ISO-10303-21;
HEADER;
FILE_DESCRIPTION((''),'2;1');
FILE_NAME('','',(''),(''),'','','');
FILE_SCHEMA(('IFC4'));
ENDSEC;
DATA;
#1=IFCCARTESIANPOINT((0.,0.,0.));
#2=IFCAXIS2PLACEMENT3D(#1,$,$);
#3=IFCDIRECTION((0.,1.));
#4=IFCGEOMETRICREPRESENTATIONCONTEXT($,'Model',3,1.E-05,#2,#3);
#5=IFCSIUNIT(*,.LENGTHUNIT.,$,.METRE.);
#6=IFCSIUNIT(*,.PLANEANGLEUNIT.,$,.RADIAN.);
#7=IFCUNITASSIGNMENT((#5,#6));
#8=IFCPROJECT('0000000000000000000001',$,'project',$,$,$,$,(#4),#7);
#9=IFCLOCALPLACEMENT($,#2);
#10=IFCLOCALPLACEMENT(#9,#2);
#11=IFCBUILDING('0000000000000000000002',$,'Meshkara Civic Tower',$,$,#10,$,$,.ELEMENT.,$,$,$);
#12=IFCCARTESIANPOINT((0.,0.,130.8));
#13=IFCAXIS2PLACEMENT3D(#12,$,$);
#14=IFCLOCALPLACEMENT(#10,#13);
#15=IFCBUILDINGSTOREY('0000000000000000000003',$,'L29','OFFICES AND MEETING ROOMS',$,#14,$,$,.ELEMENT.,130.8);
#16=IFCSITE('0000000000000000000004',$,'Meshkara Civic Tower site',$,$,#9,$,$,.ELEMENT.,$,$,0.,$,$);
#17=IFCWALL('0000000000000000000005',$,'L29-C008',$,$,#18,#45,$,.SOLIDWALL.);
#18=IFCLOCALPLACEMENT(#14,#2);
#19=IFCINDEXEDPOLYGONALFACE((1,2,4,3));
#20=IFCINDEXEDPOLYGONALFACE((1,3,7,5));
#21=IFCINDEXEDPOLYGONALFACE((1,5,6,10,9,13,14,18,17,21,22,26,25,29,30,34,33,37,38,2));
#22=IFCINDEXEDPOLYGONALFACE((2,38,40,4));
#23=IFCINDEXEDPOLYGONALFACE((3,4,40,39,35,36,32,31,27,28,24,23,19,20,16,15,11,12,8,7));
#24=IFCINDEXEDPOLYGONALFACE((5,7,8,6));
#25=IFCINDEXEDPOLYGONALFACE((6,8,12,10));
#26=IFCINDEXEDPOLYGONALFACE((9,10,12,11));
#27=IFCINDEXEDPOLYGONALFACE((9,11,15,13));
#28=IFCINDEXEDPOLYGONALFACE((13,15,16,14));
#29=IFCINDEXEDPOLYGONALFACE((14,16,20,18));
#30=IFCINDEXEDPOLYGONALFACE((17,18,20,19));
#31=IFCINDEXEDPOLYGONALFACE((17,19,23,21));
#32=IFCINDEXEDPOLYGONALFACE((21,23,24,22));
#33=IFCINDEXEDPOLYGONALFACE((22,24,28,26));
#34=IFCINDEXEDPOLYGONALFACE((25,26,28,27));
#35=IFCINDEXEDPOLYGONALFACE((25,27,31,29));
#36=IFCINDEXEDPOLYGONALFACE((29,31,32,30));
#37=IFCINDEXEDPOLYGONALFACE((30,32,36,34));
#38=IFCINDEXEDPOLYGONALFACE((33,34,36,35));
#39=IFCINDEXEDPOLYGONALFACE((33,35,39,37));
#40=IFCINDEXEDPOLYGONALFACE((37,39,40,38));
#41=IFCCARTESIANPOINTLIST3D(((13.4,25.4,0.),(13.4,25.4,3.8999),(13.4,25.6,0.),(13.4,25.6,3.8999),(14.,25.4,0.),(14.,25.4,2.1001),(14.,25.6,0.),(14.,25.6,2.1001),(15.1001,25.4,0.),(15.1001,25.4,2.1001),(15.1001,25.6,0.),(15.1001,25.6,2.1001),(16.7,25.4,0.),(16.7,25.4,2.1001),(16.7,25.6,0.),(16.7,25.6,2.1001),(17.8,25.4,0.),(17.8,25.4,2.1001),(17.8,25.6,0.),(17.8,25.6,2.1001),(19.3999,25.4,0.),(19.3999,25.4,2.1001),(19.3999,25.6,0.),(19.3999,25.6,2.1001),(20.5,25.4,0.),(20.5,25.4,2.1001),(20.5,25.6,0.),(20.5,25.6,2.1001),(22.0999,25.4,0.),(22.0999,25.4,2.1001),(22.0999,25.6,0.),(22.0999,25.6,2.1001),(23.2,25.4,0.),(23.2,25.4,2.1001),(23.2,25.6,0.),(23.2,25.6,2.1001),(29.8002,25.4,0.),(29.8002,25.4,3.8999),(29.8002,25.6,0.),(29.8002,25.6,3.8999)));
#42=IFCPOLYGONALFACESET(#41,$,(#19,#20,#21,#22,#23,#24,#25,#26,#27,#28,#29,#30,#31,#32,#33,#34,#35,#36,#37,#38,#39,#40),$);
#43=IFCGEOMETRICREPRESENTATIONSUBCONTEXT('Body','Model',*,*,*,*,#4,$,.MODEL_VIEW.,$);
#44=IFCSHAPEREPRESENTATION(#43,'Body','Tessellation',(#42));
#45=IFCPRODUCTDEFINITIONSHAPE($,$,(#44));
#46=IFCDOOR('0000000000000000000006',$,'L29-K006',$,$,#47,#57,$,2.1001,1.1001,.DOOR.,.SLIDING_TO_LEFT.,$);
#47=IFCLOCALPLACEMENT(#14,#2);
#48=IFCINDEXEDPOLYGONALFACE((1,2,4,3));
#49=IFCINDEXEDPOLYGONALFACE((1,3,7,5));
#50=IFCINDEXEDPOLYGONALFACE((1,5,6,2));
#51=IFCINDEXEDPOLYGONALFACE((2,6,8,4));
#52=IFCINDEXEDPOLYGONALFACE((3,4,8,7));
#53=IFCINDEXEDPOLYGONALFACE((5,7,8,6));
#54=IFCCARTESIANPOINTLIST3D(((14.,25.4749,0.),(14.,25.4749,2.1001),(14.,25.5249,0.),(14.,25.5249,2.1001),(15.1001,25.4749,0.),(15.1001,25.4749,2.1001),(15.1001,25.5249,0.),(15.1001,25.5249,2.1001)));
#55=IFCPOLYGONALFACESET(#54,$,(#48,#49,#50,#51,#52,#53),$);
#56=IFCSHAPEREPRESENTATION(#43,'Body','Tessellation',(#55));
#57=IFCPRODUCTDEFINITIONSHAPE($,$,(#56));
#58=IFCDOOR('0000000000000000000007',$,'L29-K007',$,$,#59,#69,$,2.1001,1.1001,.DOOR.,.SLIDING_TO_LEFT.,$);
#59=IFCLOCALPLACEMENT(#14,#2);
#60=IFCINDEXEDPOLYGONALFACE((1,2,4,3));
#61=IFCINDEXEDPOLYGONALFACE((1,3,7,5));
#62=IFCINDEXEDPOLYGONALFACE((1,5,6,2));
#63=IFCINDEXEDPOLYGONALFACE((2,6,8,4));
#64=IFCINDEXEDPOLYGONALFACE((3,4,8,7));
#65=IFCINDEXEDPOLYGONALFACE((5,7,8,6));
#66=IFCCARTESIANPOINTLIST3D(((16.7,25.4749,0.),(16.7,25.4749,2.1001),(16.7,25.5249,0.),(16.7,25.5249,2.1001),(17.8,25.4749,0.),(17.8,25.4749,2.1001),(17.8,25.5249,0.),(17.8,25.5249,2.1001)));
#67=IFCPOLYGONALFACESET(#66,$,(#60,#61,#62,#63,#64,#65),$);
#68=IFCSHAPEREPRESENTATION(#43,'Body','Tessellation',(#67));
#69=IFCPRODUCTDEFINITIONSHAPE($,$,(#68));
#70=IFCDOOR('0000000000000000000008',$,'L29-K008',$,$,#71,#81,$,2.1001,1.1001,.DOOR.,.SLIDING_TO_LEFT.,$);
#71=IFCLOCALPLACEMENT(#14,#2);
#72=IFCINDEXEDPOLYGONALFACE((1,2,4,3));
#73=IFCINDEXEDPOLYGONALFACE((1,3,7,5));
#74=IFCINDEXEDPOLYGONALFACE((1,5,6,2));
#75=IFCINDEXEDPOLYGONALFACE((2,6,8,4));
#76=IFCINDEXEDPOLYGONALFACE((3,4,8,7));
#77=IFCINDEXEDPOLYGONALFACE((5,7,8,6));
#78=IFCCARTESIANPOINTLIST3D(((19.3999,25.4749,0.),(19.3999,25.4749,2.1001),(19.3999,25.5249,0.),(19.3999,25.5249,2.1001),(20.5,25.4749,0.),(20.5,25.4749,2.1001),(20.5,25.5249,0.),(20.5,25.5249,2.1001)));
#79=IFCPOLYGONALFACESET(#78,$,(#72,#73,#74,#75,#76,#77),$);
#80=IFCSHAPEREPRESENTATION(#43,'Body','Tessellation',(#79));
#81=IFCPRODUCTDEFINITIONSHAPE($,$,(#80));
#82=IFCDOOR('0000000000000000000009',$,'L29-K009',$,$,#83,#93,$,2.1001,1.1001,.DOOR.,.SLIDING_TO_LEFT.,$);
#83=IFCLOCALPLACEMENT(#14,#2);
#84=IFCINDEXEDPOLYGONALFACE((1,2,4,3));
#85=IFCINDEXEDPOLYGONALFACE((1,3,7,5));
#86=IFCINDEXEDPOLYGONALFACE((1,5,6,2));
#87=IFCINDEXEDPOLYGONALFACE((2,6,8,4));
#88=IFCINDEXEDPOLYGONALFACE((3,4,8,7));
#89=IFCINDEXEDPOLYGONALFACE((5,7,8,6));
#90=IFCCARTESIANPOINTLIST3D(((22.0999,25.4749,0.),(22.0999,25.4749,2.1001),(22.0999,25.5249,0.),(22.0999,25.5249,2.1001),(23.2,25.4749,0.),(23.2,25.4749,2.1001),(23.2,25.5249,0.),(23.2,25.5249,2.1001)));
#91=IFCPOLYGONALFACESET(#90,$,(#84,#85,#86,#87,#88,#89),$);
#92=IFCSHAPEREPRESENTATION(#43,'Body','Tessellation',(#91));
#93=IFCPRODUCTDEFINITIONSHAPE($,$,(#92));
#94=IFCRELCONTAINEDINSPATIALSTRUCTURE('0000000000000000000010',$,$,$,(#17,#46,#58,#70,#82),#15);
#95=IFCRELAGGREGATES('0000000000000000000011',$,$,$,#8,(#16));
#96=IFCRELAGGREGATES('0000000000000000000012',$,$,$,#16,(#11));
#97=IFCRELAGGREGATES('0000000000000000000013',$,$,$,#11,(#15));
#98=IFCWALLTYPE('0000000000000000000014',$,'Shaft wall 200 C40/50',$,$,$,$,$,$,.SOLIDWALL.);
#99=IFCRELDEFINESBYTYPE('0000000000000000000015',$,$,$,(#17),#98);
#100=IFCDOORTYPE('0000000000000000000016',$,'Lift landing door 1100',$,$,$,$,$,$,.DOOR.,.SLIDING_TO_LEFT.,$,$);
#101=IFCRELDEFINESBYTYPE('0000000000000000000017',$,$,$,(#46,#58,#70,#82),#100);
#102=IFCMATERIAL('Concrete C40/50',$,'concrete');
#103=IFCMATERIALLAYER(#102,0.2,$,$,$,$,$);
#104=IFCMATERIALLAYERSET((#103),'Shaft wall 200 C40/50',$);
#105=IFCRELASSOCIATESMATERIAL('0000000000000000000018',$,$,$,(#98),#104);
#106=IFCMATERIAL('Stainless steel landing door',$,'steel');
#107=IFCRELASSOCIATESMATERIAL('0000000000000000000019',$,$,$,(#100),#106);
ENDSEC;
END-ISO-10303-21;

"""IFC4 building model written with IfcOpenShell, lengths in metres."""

from ifc_helpers import new_model, si_unit, direction, frame, frame_2d, origin, place, context, subcontext, project, spatial, rectangle, extrude, material, layer, layer_set, type_object, element, fill, save


model = new_model("IFC4")

# Units and contexts
model_context = context("Model", 3, precision=1e-05, world=origin(), true_north=direction((0.0, 1.0)))
body_context = subcontext(model_context, "Body", "Model", "MODEL_VIEW")
ifc_project = project(units=[si_unit("LENGTHUNIT", "METRE"), si_unit("PLANEANGLEUNIT", "RADIAN")], contexts=[model_context])

# Site, building, storey
site_placement = place(None, origin())
site = spatial("IfcSite", under=ifc_project, at=site_placement, Name="Meshkara Civic Tower site", CompositionType="ELEMENT", RefElevation=0.0)
building_placement = place(site_placement, origin())
building = spatial("IfcBuilding", under=site, at=building_placement, Name="Meshkara Civic Tower", CompositionType="ELEMENT")
storey_placement = place(building_placement, frame((0.0, 0.0, 130.8)))
storey = spatial("IfcBuildingStorey", under=building, at=storey_placement, Name="L29", Description="OFFICES AND MEETING ROOMS", CompositionType="ELEMENT", Elevation=130.8)

# Wall, openings, doors
ifc_material_1 = material(Name="Concrete C40/50", Category="concrete")
ifc_layer_1 = layer(ifc_material_1, 0.2)
ifc_layer_set_1 = layer_set([ifc_layer_1], Name="Shaft wall 200 C40/50")
wall_type_1 = type_object("IfcWallType", Name="Shaft wall 200 C40/50", PredefinedType="SOLIDWALL", material=ifc_layer_set_1)
ifc_material_2 = material(Name="Stainless steel landing door", Category="steel")
door_type_1 = type_object("IfcDoorType", Name="Lift landing door 1100", OperationType="SLIDING_TO_LEFT", PredefinedType="DOOR", material=ifc_material_2)
wall_1_placement = place(storey_placement, frame((13.3999, 25.5, 0.0), z_axis=(0.0, 0.0, 1.0), x_axis=(1.0, 0.0, 0.0)))
wall_1 = element("IfcWall", 1, at=wall_1_placement, inside=storey, type_object=wall_type_1, Name="L29-C008", PredefinedType="SOLIDWALL", context=body_context, shape_type="SweptSolid", body=[
    extrude(rectangle(XDim=16.4001, YDim=0.2, at=frame_2d((8.2002, 0.0))), origin(), (0.0, 0.0, 1.0), 3.8999),
])
opening_1_placement = place(wall_1_placement, frame((0.6001, 0.0, 0.0)))
opening_1 = element("IfcOpeningElement", 2, at=opening_1_placement, cuts=wall_1, PredefinedType="OPENING", context=body_context, shape_type="SweptSolid", body=[
    extrude(rectangle(XDim=1.1001, YDim=2.1001, at=frame_2d((0.55, 1.05))), frame((0.0, 0.1099, 0.0), z_axis=(0.0, -1.0, 0.0), x_axis=(1.0, 0.0, 0.0)), (0.0, 0.0, 1.0), 0.22),
])
opening_2_placement = place(wall_1_placement, frame((3.3, 0.0, 0.0)))
opening_2 = element("IfcOpeningElement", 3, at=opening_2_placement, cuts=wall_1, PredefinedType="OPENING", context=body_context, shape_type="SweptSolid", body=[
    extrude(rectangle(XDim=1.1001, YDim=2.1001, at=frame_2d((0.55, 1.05))), frame((0.0, 0.1099, 0.0), z_axis=(0.0, -1.0, 0.0), x_axis=(1.0, 0.0, 0.0)), (0.0, 0.0, 1.0), 0.22),
])
opening_3_placement = place(wall_1_placement, frame((6.0, 0.0, 0.0)))
opening_3 = element("IfcOpeningElement", 4, at=opening_3_placement, cuts=wall_1, PredefinedType="OPENING", context=body_context, shape_type="SweptSolid", body=[
    extrude(rectangle(XDim=1.1001, YDim=2.1001, at=frame_2d((0.55, 1.05))), frame((0.0, 0.1099, 0.0), z_axis=(0.0, -1.0, 0.0), x_axis=(1.0, 0.0, 0.0)), (0.0, 0.0, 1.0), 0.22),
])
opening_4_placement = place(wall_1_placement, frame((8.7, 0.0, 0.0)))
opening_4 = element("IfcOpeningElement", 5, at=opening_4_placement, cuts=wall_1, PredefinedType="OPENING", context=body_context, shape_type="SweptSolid", body=[
    extrude(rectangle(XDim=1.1001, YDim=2.1001, at=frame_2d((0.55, 1.05))), frame((0.0, 0.1099, 0.0), z_axis=(0.0, -1.0, 0.0), x_axis=(1.0, 0.0, 0.0)), (0.0, 0.0, 1.0), 0.22),
])
door_1_placement = place(opening_1_placement, origin())
door_1 = element("IfcDoor", 6, at=door_1_placement, inside=storey, type_object=door_type_1, Name="L29-K006", OperationType="SLIDING_TO_LEFT", OverallHeight=2.1001, OverallWidth=1.1001, PredefinedType="DOOR", context=body_context, shape_type="SweptSolid", body=[
    extrude(rectangle(XDim=1.1001, YDim=2.1001, at=frame_2d((0.55, 1.05))), frame((0.0, 0.0249, 0.0), z_axis=(0.0, -1.0, 0.0), x_axis=(1.0, 0.0, 0.0)), (0.0, 0.0, 1.0), 0.05),
])
fill(opening_1, door_1)
door_2_placement = place(opening_2_placement, origin())
door_2 = element("IfcDoor", 7, at=door_2_placement, inside=storey, type_object=door_type_1, Name="L29-K007", OperationType="SLIDING_TO_LEFT", OverallHeight=2.1001, OverallWidth=1.1001, PredefinedType="DOOR", context=body_context, shape_type="SweptSolid", body=[
    extrude(rectangle(XDim=1.1001, YDim=2.1001, at=frame_2d((0.55, 1.05))), frame((0.0, 0.0249, 0.0), z_axis=(0.0, -1.0, 0.0), x_axis=(1.0, 0.0, 0.0)), (0.0, 0.0, 1.0), 0.05),
])
fill(opening_2, door_2)
door_3_placement = place(opening_3_placement, origin())
door_3 = element("IfcDoor", 8, at=door_3_placement, inside=storey, type_object=door_type_1, Name="L29-K008", OperationType="SLIDING_TO_LEFT", OverallHeight=2.1001, OverallWidth=1.1001, PredefinedType="DOOR", context=body_context, shape_type="SweptSolid", body=[
    extrude(rectangle(XDim=1.1001, YDim=2.1001, at=frame_2d((0.55, 1.05))), frame((0.0, 0.0249, 0.0), z_axis=(0.0, -1.0, 0.0), x_axis=(1.0, 0.0, 0.0)), (0.0, 0.0, 1.0), 0.05),
])
fill(opening_3, door_3)
door_4_placement = place(opening_4_placement, origin())
door_4 = element("IfcDoor", 9, at=door_4_placement, inside=storey, type_object=door_type_1, Name="L29-K009", OperationType="SLIDING_TO_LEFT", OverallHeight=2.1001, OverallWidth=1.1001, PredefinedType="DOOR", context=body_context, shape_type="SweptSolid", body=[
    extrude(rectangle(XDim=1.1001, YDim=2.1001, at=frame_2d((0.55, 1.05))), frame((0.0, 0.0249, 0.0), z_axis=(0.0, -1.0, 0.0), x_axis=(1.0, 0.0, 0.0)), (0.0, 0.0, 1.0), 0.05),
])
fill(opening_4, door_4)

save(model, "model.ifc")
